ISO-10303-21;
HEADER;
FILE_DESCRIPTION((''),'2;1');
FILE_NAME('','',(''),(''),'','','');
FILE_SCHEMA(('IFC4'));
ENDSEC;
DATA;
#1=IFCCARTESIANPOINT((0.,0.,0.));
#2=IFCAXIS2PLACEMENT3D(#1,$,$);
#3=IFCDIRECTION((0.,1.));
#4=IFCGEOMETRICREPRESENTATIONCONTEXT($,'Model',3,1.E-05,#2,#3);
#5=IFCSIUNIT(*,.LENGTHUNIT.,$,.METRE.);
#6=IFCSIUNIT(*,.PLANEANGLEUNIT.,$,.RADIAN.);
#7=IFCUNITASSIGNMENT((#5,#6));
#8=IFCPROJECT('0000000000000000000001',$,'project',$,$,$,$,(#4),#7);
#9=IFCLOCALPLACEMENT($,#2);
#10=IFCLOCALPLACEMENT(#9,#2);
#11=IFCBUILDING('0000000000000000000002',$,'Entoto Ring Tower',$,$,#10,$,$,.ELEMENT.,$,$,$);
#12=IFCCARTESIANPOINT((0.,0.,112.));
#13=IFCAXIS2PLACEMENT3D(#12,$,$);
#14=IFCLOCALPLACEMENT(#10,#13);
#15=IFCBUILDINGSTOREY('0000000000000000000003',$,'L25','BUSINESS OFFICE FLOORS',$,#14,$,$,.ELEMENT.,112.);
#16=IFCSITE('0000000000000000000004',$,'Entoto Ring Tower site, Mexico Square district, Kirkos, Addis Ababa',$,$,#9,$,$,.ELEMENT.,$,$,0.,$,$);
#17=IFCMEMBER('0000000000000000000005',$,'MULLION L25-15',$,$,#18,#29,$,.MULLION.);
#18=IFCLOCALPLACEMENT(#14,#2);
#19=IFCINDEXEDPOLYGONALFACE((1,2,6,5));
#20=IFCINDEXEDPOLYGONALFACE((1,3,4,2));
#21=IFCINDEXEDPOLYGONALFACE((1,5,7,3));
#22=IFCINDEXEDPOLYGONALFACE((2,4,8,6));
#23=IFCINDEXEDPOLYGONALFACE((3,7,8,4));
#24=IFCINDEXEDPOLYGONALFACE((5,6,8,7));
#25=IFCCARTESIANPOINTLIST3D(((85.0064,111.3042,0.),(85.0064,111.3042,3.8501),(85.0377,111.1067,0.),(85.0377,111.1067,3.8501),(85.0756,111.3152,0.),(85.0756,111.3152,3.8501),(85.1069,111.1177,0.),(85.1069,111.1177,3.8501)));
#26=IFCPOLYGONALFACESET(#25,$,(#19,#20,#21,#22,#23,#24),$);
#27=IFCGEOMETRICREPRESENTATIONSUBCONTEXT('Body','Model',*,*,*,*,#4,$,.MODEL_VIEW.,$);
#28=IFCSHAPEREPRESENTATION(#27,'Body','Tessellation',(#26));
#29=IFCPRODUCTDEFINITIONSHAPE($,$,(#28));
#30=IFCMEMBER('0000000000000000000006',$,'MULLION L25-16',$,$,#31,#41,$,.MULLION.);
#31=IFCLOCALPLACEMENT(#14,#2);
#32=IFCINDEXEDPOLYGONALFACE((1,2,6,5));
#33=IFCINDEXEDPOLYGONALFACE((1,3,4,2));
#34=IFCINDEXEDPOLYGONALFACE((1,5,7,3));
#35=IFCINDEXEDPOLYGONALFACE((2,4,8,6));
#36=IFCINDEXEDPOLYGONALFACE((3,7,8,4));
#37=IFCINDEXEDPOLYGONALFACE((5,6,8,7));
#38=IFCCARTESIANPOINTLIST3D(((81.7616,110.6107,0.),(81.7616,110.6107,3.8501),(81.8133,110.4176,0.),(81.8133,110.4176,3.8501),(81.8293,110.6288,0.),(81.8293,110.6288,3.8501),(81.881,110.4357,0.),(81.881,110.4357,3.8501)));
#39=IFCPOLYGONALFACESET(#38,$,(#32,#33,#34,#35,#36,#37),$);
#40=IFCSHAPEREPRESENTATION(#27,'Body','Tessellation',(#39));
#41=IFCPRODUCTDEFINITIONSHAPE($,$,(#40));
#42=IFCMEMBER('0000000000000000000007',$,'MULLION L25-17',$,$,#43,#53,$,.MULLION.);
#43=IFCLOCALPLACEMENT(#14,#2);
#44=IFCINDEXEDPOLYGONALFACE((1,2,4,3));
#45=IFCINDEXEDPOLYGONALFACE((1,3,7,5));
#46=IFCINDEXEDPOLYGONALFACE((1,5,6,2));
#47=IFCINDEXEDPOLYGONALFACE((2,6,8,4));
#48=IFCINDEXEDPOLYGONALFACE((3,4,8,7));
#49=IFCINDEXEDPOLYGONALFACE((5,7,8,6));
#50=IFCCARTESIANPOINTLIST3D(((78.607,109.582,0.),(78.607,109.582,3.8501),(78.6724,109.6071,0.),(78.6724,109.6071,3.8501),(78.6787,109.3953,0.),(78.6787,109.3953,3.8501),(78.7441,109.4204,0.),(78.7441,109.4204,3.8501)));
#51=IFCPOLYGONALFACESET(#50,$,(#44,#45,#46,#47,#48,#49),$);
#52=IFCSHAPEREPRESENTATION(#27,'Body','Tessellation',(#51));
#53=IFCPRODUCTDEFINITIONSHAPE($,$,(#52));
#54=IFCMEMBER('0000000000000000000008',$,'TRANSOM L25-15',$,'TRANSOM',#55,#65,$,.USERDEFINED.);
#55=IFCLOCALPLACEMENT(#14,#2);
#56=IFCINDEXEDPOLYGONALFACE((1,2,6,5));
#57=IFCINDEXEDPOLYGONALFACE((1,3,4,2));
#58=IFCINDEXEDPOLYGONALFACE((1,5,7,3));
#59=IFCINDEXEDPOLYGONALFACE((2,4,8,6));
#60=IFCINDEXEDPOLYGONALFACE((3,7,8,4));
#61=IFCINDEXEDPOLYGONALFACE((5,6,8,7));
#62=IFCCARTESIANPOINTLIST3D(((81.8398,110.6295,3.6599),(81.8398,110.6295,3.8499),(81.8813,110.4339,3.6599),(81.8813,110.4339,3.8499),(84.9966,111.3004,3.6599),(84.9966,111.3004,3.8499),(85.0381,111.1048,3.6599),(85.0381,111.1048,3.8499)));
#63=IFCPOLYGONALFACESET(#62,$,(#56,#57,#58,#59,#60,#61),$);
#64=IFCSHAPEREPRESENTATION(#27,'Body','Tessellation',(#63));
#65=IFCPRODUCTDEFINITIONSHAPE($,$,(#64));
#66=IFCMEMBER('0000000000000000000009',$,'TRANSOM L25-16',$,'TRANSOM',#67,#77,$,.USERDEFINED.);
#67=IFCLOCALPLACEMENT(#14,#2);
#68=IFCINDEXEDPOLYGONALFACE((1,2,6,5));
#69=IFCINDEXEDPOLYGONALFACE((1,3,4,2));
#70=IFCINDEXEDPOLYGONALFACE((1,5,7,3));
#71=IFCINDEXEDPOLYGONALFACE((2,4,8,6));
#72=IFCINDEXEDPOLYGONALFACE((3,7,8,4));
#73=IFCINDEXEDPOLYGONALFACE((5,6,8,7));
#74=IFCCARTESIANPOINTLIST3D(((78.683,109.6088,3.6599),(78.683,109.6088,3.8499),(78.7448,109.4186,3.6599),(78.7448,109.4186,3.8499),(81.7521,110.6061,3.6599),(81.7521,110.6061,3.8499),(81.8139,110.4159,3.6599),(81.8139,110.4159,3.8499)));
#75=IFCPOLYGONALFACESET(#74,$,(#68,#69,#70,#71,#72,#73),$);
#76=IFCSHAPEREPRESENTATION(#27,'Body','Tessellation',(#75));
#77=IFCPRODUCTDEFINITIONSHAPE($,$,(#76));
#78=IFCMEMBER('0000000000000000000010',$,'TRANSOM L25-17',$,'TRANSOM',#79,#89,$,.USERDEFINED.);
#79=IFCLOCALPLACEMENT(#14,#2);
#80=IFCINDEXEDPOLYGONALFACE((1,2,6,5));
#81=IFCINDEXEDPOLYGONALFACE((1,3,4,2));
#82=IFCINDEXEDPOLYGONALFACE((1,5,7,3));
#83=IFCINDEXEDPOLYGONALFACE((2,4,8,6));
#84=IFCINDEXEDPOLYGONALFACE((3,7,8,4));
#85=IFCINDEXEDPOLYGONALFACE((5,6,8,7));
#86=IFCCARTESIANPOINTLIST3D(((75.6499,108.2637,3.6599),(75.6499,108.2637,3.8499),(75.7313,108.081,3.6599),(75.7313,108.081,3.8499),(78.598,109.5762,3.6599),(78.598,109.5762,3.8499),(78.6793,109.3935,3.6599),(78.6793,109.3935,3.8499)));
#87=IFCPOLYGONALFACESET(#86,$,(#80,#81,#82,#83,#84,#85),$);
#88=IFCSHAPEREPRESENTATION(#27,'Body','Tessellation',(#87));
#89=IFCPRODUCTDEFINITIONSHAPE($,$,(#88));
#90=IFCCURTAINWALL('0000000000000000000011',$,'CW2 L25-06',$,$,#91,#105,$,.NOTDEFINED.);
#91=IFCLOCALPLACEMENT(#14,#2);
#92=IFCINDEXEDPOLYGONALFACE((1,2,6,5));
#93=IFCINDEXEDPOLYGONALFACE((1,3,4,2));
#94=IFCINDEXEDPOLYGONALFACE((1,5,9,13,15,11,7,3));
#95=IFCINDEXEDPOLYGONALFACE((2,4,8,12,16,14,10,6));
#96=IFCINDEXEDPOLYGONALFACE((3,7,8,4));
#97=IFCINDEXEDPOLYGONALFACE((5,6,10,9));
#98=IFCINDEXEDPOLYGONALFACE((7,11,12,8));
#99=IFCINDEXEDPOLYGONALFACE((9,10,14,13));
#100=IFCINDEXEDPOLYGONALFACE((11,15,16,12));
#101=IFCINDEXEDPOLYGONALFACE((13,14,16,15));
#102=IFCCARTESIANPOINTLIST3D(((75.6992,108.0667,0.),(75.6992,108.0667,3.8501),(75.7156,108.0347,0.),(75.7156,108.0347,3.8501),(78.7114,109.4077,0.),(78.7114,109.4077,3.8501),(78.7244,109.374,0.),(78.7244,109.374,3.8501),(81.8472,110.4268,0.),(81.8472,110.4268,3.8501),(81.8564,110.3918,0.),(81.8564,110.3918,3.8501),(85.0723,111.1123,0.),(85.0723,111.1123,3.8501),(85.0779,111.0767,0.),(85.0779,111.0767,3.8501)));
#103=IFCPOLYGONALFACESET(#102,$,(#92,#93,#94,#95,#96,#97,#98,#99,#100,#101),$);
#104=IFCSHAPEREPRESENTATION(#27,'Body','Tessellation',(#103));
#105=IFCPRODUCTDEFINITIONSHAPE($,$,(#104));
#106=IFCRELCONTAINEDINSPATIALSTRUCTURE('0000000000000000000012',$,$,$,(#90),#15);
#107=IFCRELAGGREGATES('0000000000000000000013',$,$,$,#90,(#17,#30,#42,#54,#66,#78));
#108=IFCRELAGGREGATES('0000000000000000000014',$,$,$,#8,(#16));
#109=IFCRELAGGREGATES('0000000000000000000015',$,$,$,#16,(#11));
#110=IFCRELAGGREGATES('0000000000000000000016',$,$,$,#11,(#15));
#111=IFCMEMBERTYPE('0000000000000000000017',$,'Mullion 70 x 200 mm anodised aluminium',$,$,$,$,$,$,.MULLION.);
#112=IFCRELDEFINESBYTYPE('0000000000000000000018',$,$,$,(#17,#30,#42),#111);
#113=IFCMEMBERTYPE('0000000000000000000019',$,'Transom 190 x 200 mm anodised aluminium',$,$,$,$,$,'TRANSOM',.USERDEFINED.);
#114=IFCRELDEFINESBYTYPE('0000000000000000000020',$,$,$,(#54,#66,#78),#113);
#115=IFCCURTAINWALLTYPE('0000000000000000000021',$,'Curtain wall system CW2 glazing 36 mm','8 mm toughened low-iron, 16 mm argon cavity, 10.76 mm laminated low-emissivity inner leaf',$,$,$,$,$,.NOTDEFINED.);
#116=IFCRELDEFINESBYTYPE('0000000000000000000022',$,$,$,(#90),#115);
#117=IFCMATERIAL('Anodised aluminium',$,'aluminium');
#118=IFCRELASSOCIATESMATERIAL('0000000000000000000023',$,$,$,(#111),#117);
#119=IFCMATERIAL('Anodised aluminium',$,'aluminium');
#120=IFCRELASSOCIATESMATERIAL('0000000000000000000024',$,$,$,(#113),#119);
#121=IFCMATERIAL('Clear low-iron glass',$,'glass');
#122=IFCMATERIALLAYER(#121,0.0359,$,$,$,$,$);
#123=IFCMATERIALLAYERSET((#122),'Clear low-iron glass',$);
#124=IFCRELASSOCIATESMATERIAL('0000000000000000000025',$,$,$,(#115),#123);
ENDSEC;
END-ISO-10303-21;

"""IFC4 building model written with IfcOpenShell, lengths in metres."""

from ifc_helpers import new_model, si_unit, direction, frame, origin, origin_2d, place, context, subcontext, project, spatial, polyline, rectangle, outline, extrude, material, layer, layer_set, material_profile, profile_set, type_object, element, aggregate, save


model = new_model("IFC4")

# Units and contexts
model_context = context("Model", 3, precision=1e-05, world=origin(), true_north=direction((0.0, 1.0)))
body_context = subcontext(model_context, "Body", "Model", "MODEL_VIEW")
ifc_project = project(units=[si_unit("LENGTHUNIT", "METRE"), si_unit("PLANEANGLEUNIT", "RADIAN")], contexts=[model_context])

# Members
ifc_material_1 = material(Name="Anodised aluminium", Category="aluminium")
ifc_material_profile_1 = material_profile(ifc_material_1, rectangle(XDim=0.0701, YDim=0.2, at=origin_2d()), Name="Mullion 70 x 200 mm anodised aluminium")
ifc_profile_set_1 = profile_set([ifc_material_profile_1], Name="Anodised aluminium")
member_type_1 = type_object("IfcMemberType", Name="Mullion 70 x 200 mm anodised aluminium", PredefinedType="MULLION", material=ifc_profile_set_1)
site_placement = place(None, origin())
building_placement = place(site_placement, origin())
storey_placement = place(building_placement, frame((0.0, 0.0, 112.0)))
member_1_placement = place(storey_placement, frame((85.0566, 111.2109, 0.0), z_axis=(0.0, 0.0, 1.0), x_axis=(-0.987688, -0.156434, 0.0)))
member_1 = element("IfcMember", 1, at=member_1_placement, type_object=member_type_1, Name="MULLION L25-15", PredefinedType="MULLION", context=body_context, shape_type="SweptSolid", body=[
    extrude(rectangle(XDim=0.0701, YDim=0.2, at=origin_2d()), origin(), (0.0, 0.0, 1.0), 3.8501),
])
member_2_placement = place(storey_placement, frame((81.8213, 110.5232, 0.0), z_axis=(0.0, 0.0, 1.0), x_axis=(-0.965926, -0.258819, 0.0)))
member_2 = element("IfcMember", 2, at=member_2_placement, type_object=member_type_1, Name="MULLION L25-16", PredefinedType="MULLION", context=body_context, shape_type="SweptSolid", body=[
    extrude(rectangle(XDim=0.0701, YDim=0.2, at=origin_2d()), origin(), (0.0, 0.0, 1.0), 3.8501),
])
member_3_placement = place(storey_placement, frame((78.6755, 109.5012, 0.0), z_axis=(0.0, 0.0, 1.0), x_axis=(-0.93358, -0.358368, 0.0)))
member_3 = element("IfcMember", 3, at=member_3_placement, type_object=member_type_1, Name="MULLION L25-17", PredefinedType="MULLION", context=body_context, shape_type="SweptSolid", body=[
    extrude(rectangle(XDim=0.0701, YDim=0.2, at=origin_2d()), origin(), (0.0, 0.0, 1.0), 3.8501),
])
ifc_material_2 = material(Name="Anodised aluminium", Category="aluminium")
ifc_material_profile_2 = material_profile(ifc_material_2, rectangle(XDim=0.2, YDim=0.1899, at=origin_2d()), Name="Transom 190 x 200 mm anodised aluminium")
ifc_profile_set_2 = profile_set([ifc_material_profile_2], Name="Anodised aluminium")
member_type_2 = type_object("IfcMemberType", Name="Transom 190 x 200 mm anodised aluminium", ElementType="TRANSOM", PredefinedType="USERDEFINED", material=ifc_profile_set_2)
member_4_placement = place(storey_placement, frame((85.0173, 111.2026, 3.7549), z_axis=(-0.978153, -0.207886, 0.0), x_axis=(0.207886, -0.978153, 0.0)))
member_4 = element("IfcMember", 4, at=member_4_placement, type_object=member_type_2, Name="TRANSOM L25-15", ObjectType="TRANSOM", PredefinedType="USERDEFINED", context=body_context, shape_type="SweptSolid", body=[
    extrude(rectangle(XDim=0.2, YDim=0.1899, at=origin_2d()), origin(), (0.0, 0.0, 1.0), 3.2273),
])
member_5_placement = place(storey_placement, frame((81.783, 110.511, 3.7549), z_axis=(-0.951047, -0.309047, 0.0), x_axis=(0.309047, -0.951047, 0.0)))
member_5 = element("IfcMember", 5, at=member_5_placement, type_object=member_type_2, Name="TRANSOM L25-16", ObjectType="TRANSOM", PredefinedType="USERDEFINED", context=body_context, shape_type="SweptSolid", body=[
    extrude(rectangle(XDim=0.2, YDim=0.1899, at=origin_2d()), origin(), (0.0, 0.0, 1.0), 3.2271),
])
member_6_placement = place(storey_placement, frame((78.6387, 109.4849, 3.7549), z_axis=(-0.913549, -0.406728, 0.0), x_axis=(0.406728, -0.913549, 0.0)))
member_6 = element("IfcMember", 6, at=member_6_placement, type_object=member_type_2, Name="TRANSOM L25-17", ObjectType="TRANSOM", PredefinedType="USERDEFINED", context=body_context, shape_type="SweptSolid", body=[
    extrude(rectangle(XDim=0.2, YDim=0.1899, at=origin_2d()), origin(), (0.0, 0.0, 1.0), 3.2271),
])

# Site, building, storey
site = spatial("IfcSite", under=ifc_project, at=site_placement, Name="Entoto Ring Tower site, Mexico Square district, Kirkos, Addis Ababa", CompositionType="ELEMENT", RefElevation=0.0)
building = spatial("IfcBuilding", under=site, at=building_placement, Name="Entoto Ring Tower", CompositionType="ELEMENT")
storey = spatial("IfcBuildingStorey", under=building, at=storey_placement, Name="L25", Description="BUSINESS OFFICE FLOORS", CompositionType="ELEMENT", Elevation=112.0)

# Curtain wall
ifc_material_3 = material(Name="Clear low-iron glass", Category="glass")
ifc_layer = layer(ifc_material_3, 0.0359)
ifc_layer_set = layer_set([ifc_layer], Name="Clear low-iron glass")
curtain_wall_type = type_object("IfcCurtainWallType", Name="Curtain wall system CW2 glazing 36 mm", Description="8 mm toughened low-iron, 16 mm argon cavity, 10.76 mm laminated low-emissivity inner leaf", PredefinedType="NOTDEFINED", material=ifc_layer_set)
curtain_wall_1_placement = place(storey_placement, origin())
curtain_wall_1 = element("IfcCurtainWall", 7, at=curtain_wall_1_placement, inside=storey, type_object=curtain_wall_type, Name="CW2 L25-06", PredefinedType="NOTDEFINED", context=body_context, shape_type="SweptSolid", body=[
    extrude(outline(polyline([(85.0723, 111.1123), (81.8472, 110.4268), (78.7114, 109.4077), (75.6992, 108.0667), (75.7156, 108.0347), (78.7244, 109.374), (81.8564, 110.3918), (85.0779, 111.0767), (85.0723, 111.1123)])), origin(), (0.0, 0.0, 1.0), 3.8501),
])
aggregate(curtain_wall_1, [member_1, member_2, member_3, member_4, member_5, member_6])

save(model, "model.ifc")
